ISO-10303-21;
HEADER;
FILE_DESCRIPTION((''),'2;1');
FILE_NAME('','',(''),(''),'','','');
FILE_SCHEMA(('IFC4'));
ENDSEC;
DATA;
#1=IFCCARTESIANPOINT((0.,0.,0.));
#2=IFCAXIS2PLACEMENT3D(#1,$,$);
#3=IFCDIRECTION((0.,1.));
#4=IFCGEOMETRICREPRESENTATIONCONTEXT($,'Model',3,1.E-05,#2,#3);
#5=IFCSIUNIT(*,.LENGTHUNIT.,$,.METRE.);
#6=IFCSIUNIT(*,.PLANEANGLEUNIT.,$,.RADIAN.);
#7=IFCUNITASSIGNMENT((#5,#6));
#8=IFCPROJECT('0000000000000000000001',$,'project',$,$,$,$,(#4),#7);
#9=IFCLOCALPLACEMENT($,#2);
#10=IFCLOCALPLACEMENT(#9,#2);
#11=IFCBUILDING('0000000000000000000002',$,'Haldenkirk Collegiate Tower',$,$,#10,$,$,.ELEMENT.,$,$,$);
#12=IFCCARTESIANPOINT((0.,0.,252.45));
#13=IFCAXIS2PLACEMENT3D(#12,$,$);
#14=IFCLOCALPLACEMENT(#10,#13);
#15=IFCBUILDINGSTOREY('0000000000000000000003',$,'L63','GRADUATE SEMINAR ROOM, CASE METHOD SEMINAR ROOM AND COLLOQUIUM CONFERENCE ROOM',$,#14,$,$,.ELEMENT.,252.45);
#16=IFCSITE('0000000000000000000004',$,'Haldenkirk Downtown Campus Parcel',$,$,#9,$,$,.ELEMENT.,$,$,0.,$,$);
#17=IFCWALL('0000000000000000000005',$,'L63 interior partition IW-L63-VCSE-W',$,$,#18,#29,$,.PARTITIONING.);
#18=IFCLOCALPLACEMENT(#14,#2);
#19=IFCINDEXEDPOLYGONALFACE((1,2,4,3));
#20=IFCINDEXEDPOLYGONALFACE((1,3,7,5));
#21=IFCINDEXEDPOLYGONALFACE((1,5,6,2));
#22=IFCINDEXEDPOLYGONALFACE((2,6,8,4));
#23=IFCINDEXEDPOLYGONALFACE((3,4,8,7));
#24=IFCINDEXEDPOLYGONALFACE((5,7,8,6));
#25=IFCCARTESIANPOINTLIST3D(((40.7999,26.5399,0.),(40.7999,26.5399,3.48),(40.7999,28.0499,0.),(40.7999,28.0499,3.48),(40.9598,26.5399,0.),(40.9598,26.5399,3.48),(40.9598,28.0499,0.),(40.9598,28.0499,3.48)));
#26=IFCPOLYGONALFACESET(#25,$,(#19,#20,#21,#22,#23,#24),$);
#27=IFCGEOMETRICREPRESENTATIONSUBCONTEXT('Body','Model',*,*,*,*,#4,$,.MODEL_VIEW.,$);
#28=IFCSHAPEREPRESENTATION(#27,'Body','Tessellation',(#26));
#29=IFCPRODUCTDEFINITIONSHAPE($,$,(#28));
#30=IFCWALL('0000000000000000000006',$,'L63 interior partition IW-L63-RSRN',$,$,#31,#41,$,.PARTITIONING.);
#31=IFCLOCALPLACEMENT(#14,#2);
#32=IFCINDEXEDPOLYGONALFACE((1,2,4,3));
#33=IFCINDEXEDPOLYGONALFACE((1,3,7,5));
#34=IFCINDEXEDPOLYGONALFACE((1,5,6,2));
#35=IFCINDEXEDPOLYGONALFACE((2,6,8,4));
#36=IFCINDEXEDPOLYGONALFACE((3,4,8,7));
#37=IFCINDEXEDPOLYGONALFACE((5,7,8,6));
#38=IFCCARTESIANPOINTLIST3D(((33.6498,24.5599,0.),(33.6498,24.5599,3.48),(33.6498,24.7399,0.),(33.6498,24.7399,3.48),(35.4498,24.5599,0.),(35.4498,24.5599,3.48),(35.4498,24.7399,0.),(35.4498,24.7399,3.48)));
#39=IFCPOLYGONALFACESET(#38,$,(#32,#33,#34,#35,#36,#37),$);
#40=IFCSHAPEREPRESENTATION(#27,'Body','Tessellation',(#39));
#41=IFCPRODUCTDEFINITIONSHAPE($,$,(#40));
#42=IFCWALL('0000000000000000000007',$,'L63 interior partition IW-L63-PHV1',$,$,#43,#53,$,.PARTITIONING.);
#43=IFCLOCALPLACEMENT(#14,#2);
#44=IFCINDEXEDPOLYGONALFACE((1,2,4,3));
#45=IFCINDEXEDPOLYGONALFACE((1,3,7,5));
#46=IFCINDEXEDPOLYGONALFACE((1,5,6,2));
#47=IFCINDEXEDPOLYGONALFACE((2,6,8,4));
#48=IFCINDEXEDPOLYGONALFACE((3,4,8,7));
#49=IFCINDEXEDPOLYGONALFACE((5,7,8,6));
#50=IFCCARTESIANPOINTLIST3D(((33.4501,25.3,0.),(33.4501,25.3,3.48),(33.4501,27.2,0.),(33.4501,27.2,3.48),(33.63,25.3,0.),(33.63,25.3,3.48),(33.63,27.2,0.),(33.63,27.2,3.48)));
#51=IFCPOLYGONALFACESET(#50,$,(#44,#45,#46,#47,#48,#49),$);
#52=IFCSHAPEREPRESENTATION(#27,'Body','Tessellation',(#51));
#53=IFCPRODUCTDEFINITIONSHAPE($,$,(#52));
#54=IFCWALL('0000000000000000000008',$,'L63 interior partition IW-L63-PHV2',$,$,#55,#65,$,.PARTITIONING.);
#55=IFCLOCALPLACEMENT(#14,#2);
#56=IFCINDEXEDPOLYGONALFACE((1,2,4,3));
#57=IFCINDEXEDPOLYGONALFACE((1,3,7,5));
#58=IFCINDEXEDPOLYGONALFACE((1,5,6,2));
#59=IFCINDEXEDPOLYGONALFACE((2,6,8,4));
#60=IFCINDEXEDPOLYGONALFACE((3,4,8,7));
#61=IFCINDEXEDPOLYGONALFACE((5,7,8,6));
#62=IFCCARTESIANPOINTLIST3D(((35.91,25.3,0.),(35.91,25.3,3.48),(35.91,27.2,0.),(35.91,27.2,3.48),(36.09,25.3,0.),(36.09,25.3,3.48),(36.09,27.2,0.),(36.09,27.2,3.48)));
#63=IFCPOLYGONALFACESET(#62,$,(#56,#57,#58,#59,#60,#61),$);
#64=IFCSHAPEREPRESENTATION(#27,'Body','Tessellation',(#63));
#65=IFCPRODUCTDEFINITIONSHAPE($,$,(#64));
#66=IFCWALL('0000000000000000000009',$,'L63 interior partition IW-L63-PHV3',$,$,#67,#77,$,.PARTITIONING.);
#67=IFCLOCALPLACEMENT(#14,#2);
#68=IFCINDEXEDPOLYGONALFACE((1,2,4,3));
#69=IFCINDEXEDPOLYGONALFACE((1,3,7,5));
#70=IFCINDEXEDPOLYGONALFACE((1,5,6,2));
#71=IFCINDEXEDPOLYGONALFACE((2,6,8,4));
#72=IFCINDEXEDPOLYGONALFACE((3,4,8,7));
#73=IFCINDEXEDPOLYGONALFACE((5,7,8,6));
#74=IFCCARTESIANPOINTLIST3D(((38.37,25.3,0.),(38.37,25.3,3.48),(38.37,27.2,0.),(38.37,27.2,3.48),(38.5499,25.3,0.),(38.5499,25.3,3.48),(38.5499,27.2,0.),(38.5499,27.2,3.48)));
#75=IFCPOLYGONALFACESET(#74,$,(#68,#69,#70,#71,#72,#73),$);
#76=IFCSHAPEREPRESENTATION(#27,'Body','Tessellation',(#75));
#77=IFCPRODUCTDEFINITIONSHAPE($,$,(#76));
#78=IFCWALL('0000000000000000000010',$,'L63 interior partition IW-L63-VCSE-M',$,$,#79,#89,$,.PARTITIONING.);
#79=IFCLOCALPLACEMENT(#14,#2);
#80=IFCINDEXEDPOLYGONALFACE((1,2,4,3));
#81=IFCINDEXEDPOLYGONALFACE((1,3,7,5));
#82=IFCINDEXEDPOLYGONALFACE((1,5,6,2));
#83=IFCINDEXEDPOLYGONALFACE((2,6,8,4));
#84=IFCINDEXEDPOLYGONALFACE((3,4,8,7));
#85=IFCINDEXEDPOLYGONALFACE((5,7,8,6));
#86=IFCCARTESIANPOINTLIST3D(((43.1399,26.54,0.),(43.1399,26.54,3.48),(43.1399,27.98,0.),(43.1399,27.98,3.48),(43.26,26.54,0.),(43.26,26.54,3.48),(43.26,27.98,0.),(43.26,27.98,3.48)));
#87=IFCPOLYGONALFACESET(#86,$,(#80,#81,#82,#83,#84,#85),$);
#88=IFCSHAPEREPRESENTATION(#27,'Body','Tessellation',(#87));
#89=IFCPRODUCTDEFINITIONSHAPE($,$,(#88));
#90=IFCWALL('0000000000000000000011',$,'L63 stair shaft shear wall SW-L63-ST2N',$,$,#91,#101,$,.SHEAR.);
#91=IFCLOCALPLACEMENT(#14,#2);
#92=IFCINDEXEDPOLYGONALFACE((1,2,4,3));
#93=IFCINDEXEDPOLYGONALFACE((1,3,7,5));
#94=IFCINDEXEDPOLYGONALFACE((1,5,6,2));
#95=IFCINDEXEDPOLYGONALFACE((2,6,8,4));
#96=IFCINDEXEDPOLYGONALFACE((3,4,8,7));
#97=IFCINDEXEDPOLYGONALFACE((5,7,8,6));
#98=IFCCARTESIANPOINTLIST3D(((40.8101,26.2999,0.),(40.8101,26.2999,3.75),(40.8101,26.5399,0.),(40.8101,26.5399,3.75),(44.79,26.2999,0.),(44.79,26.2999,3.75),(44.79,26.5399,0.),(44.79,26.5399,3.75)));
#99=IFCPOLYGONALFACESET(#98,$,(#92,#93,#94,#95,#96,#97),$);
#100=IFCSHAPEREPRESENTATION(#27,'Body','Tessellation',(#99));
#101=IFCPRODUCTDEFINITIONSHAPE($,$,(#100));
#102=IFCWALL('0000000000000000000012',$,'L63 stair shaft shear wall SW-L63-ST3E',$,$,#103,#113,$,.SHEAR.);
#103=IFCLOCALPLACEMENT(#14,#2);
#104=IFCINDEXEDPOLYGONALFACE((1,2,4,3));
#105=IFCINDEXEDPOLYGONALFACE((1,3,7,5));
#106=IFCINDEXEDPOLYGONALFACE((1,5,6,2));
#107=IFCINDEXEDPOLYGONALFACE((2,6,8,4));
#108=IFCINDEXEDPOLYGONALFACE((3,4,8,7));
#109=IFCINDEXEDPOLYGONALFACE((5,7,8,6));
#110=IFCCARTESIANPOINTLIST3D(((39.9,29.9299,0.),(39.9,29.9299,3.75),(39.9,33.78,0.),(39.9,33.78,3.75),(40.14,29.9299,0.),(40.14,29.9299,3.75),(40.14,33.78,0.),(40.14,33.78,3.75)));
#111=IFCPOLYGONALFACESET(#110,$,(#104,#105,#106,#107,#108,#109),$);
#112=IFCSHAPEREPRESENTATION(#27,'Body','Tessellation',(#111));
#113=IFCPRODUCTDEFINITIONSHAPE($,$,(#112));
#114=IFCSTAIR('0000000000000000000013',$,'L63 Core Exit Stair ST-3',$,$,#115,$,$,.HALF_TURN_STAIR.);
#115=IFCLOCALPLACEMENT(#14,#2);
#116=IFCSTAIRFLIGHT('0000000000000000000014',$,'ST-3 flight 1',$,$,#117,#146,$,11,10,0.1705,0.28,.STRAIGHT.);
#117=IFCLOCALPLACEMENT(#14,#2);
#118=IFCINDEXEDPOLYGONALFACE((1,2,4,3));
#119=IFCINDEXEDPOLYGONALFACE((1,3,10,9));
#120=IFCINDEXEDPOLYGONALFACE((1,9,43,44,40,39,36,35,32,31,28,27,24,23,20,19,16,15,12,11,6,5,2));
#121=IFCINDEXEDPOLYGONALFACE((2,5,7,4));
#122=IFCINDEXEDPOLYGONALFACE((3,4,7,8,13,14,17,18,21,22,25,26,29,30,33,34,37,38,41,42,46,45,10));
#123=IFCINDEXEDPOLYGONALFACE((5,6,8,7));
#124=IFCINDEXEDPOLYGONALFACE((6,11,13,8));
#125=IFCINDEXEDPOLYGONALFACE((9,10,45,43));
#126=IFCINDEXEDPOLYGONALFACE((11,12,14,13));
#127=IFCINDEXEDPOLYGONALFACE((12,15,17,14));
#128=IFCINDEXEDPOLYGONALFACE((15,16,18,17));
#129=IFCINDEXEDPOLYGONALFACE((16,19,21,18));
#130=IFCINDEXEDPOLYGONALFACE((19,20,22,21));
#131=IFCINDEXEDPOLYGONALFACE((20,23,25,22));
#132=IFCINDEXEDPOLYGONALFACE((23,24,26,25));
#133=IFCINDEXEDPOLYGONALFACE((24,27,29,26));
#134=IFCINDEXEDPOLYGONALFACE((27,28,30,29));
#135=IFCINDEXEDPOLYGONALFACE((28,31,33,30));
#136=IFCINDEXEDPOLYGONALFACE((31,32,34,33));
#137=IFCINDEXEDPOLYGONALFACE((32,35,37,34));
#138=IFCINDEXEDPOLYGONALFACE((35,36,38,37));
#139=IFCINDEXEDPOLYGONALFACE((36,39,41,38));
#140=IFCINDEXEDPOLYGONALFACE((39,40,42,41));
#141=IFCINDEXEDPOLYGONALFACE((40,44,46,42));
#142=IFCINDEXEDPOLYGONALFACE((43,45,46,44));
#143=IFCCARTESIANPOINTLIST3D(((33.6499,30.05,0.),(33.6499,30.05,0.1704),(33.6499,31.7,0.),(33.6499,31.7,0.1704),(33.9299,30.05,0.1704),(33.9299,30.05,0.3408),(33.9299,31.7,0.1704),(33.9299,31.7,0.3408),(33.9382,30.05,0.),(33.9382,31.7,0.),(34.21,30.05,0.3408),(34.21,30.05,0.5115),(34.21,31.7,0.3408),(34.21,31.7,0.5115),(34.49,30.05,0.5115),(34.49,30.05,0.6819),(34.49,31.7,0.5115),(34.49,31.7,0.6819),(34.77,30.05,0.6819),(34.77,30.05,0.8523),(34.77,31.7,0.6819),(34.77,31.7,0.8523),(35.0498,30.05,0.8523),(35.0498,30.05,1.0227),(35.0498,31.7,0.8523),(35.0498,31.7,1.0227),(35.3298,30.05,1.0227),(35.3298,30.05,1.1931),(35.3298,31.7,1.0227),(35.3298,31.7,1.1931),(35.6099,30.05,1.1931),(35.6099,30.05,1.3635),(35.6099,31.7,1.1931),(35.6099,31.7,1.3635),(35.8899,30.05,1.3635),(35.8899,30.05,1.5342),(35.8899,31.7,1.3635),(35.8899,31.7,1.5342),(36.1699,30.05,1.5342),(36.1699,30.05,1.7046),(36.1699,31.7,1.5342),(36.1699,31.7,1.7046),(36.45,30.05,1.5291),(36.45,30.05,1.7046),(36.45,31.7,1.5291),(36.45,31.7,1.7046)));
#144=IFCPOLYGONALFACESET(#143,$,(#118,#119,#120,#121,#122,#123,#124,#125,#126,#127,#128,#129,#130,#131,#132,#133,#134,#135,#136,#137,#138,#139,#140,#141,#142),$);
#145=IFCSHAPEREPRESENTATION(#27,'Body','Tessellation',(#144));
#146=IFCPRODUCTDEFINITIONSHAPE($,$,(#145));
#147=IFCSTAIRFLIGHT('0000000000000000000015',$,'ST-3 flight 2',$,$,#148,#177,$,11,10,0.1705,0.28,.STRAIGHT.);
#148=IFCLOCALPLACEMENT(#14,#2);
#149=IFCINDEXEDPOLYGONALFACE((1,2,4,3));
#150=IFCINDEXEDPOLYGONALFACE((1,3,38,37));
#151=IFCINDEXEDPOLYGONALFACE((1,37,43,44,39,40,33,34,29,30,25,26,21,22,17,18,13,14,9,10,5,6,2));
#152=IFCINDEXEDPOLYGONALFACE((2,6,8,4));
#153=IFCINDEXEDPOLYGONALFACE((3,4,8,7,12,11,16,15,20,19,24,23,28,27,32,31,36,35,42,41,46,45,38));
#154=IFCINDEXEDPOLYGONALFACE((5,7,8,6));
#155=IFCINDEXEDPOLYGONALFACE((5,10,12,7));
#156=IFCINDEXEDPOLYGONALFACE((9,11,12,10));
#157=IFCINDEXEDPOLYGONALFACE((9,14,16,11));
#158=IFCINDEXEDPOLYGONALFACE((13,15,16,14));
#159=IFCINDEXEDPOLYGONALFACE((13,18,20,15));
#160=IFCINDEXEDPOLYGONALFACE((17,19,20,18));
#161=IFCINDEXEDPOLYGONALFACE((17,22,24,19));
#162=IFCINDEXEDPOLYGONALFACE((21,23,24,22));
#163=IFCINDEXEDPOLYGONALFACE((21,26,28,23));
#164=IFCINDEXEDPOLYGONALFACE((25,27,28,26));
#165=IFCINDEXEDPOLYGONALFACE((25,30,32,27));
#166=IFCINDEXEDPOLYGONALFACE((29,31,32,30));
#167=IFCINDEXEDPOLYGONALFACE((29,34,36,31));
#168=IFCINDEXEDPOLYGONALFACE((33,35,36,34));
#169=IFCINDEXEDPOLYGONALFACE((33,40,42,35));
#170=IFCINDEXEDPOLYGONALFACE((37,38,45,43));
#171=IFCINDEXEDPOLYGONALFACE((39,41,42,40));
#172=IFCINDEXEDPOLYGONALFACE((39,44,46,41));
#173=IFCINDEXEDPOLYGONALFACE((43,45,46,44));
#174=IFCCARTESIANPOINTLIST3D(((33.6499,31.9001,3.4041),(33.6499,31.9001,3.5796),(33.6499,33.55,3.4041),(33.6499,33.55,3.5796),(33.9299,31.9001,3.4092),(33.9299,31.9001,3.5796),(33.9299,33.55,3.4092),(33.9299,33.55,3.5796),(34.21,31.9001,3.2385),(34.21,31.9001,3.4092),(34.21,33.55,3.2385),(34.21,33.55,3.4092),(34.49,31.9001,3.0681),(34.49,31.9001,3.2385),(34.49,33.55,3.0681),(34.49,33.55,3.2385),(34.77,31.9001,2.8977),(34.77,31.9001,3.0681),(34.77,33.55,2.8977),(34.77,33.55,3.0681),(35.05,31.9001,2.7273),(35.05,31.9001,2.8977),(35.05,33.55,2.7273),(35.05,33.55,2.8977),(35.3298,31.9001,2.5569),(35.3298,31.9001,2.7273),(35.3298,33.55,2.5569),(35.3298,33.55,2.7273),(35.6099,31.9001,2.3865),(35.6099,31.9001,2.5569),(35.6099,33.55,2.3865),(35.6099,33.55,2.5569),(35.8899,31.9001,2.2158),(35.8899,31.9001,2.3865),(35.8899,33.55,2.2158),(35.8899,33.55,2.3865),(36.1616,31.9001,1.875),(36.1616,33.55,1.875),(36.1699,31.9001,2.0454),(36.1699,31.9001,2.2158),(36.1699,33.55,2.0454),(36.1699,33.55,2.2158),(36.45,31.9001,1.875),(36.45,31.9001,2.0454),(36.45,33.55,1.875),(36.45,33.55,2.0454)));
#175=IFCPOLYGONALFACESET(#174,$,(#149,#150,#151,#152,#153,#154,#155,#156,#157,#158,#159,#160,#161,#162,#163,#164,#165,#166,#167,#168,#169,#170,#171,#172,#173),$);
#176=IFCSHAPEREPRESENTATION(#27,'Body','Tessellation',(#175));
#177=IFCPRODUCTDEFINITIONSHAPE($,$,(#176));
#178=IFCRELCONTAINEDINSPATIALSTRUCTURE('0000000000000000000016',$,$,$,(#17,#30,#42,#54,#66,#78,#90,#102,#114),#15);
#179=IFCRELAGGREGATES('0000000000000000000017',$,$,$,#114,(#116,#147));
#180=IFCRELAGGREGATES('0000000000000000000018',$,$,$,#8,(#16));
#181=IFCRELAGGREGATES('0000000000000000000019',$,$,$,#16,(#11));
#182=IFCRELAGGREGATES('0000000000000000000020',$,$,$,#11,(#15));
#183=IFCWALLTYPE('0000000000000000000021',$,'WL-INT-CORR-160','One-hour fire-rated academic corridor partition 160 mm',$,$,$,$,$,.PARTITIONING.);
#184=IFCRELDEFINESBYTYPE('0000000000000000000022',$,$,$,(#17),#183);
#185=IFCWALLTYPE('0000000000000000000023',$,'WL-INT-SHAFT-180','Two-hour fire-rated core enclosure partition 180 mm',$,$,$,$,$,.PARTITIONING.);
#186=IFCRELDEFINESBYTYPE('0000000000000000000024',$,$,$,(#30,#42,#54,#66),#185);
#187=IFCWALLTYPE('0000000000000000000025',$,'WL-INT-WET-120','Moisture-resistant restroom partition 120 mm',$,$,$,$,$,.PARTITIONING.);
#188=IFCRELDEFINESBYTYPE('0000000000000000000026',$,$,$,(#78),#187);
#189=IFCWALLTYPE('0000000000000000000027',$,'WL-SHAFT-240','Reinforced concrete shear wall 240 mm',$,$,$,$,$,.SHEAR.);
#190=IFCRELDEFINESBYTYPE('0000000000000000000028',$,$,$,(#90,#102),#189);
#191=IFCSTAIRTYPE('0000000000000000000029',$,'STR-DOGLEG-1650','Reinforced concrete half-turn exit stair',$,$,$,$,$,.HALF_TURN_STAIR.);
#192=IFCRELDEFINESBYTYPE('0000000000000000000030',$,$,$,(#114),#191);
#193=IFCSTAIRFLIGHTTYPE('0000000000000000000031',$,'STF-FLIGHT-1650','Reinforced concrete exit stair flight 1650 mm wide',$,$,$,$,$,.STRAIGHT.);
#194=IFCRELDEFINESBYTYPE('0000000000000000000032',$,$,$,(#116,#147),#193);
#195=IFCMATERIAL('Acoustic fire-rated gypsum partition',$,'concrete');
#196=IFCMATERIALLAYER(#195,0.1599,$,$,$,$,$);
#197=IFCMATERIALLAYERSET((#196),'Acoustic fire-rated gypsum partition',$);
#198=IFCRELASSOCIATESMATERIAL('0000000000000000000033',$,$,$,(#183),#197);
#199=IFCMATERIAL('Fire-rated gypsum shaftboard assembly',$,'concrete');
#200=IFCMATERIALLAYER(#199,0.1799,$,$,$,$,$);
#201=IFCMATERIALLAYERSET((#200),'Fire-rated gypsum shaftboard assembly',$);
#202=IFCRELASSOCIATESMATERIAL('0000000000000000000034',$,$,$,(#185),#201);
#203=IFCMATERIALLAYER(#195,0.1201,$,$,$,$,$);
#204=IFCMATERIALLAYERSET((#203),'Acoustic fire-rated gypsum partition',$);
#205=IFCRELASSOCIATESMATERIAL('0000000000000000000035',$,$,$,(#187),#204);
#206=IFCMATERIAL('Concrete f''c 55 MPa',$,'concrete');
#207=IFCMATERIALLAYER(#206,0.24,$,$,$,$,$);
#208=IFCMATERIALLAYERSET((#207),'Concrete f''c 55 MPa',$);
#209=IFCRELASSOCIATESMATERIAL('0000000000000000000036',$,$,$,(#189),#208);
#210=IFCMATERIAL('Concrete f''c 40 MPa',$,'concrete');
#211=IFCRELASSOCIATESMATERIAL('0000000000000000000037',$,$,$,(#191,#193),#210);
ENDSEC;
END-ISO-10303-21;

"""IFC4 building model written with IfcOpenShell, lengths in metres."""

from ifc_helpers import new_model, si_unit, direction, frame, frame_2d, origin, place, context, subcontext, project, spatial, polyline, rectangle, outline, extrude, material, layer, layer_set, type_object, element, aggregate, save


model = new_model("IFC4")

# Units and contexts
model_context = context("Model", 3, precision=1e-05, world=origin(), true_north=direction((0.0, 1.0)))
body_context = subcontext(model_context, "Body", "Model", "MODEL_VIEW")
ifc_project = project(units=[si_unit("LENGTHUNIT", "METRE"), si_unit("PLANEANGLEUNIT", "RADIAN")], contexts=[model_context])

# Site, building, storey
site_placement = place(None, origin())
site = spatial("IfcSite", under=ifc_project, at=site_placement, Name="Haldenkirk Downtown Campus Parcel", CompositionType="ELEMENT", RefElevation=0.0)
building_placement = place(site_placement, origin())
building = spatial("IfcBuilding", under=site, at=building_placement, Name="Haldenkirk Collegiate Tower", CompositionType="ELEMENT")
storey_placement = place(building_placement, frame((0.0, 0.0, 252.45)))
storey = spatial("IfcBuildingStorey", under=building, at=storey_placement, Name="L63", Description="GRADUATE SEMINAR ROOM, CASE METHOD SEMINAR ROOM AND COLLOQUIUM CONFERENCE ROOM", CompositionType="ELEMENT", Elevation=252.45)

# Shared definitions
ifc_material_1 = material(Name="Acoustic fire-rated gypsum partition", Category="concrete")
ifc_layer_1 = layer(ifc_material_1, 0.1599)
ifc_layer_set_1 = layer_set([ifc_layer_1], Name="Acoustic fire-rated gypsum partition")
wall_type_1 = type_object("IfcWallType", Name="WL-INT-CORR-160", Description="One-hour fire-rated academic corridor partition 160 mm", PredefinedType="PARTITIONING", material=ifc_layer_set_1)

# Wall
wall_1_placement = place(storey_placement, frame((40.8799, 26.54, 0.0), z_axis=(0.0, 0.0, 1.0), x_axis=(0.0, 1.0, 0.0)))
element("IfcWall", 1, at=wall_1_placement, inside=storey, type_object=wall_type_1, Name="L63 interior partition IW-L63-VCSE-W", PredefinedType="PARTITIONING", context=body_context, shape_type="SweptSolid", body=[
    extrude(rectangle(XDim=1.51, YDim=0.1599, at=frame_2d((0.7549, 0.0))), origin(), (0.0, 0.0, 1.0), 3.48),
])

# Walls
ifc_material_2 = material(Name="Fire-rated gypsum shaftboard assembly", Category="concrete")
ifc_layer_2 = layer(ifc_material_2, 0.1799)
ifc_layer_set_2 = layer_set([ifc_layer_2], Name="Fire-rated gypsum shaftboard assembly")
wall_type_2 = type_object("IfcWallType", Name="WL-INT-SHAFT-180", Description="Two-hour fire-rated core enclosure partition 180 mm", PredefinedType="PARTITIONING", material=ifc_layer_set_2)
wall_2_placement = place(storey_placement, frame((33.6499, 24.6499, 0.0), z_axis=(0.0, 0.0, 1.0), x_axis=(1.0, 0.0, 0.0)))
element("IfcWall", 2, at=wall_2_placement, inside=storey, type_object=wall_type_2, Name="L63 interior partition IW-L63-RSRN", PredefinedType="PARTITIONING", context=body_context, shape_type="SweptSolid", body=[
    extrude(rectangle(XDim=1.8, YDim=0.1799, at=frame_2d((0.8999, 0.0))), origin(), (0.0, 0.0, 1.0), 3.48),
])
for number, where, z_axis, x_axis, name in (
    (3, (33.54, 25.3, 0.0), (0.0, 0.0, 1.0), (0.0, 1.0, 0.0), "L63 interior partition IW-L63-PHV1"),
    (4, (36.0, 25.3, 0.0), (0.0, 0.0, 1.0), (0.0, 1.0, 0.0), "L63 interior partition IW-L63-PHV2"),
    (5, (38.46, 25.3, 0.0), (0.0, 0.0, 1.0), (0.0, 1.0, 0.0), "L63 interior partition IW-L63-PHV3"),
):
    element("IfcWall", number, at=place(storey_placement, frame(where, z_axis=z_axis, x_axis=x_axis)), inside=storey, type_object=wall_type_2, Name=name, PredefinedType="PARTITIONING", context=body_context, shape_type="SweptSolid", body=[
        extrude(rectangle(XDim=1.8999, YDim=0.1799, at=frame_2d((0.95, 0.0))), origin(), (0.0, 0.0, 1.0), 3.48),
    ])
ifc_layer_3 = layer(ifc_material_1, 0.1201)
ifc_layer_set_3 = layer_set([ifc_layer_3], Name="Acoustic fire-rated gypsum partition")
wall_type_3 = type_object("IfcWallType", Name="WL-INT-WET-120", Description="Moisture-resistant restroom partition 120 mm", PredefinedType="PARTITIONING", material=ifc_layer_set_3)
wall_3_placement = place(storey_placement, frame((43.2, 26.54, 0.0), z_axis=(0.0, 0.0, 1.0), x_axis=(0.0, 1.0, 0.0)))
element("IfcWall", 6, at=wall_3_placement, inside=storey, type_object=wall_type_3, Name="L63 interior partition IW-L63-VCSE-M", PredefinedType="PARTITIONING", context=body_context, shape_type="SweptSolid", body=[
    extrude(rectangle(XDim=1.4399, YDim=0.1201, at=frame_2d((0.72, 0.0))), origin(), (0.0, 0.0, 1.0), 3.48),
])
ifc_material_3 = material(Name="Concrete f'c 55 MPa", Category="concrete")
ifc_layer_4 = layer(ifc_material_3, 0.24)
ifc_layer_set_4 = layer_set([ifc_layer_4], Name="Concrete f'c 55 MPa")
wall_type_4 = type_object("IfcWallType", Name="WL-SHAFT-240", Description="Reinforced concrete shear wall 240 mm", PredefinedType="SHEAR", material=ifc_layer_set_4)
wall_4_placement = place(storey_placement, frame((40.8101, 26.4199, 0.0), z_axis=(0.0, 0.0, 1.0), x_axis=(1.0, 0.0, 0.0)))
element("IfcWall", 7, at=wall_4_placement, inside=storey, type_object=wall_type_4, Name="L63 stair shaft shear wall SW-L63-ST2N", PredefinedType="SHEAR", context=body_context, shape_type="SweptSolid", body=[
    extrude(rectangle(XDim=3.98, YDim=0.24, at=frame_2d((1.99, 0.0))), origin(), (0.0, 0.0, 1.0), 3.75),
])
wall_5_placement = place(storey_placement, frame((40.02, 29.9299, 0.0), z_axis=(0.0, 0.0, 1.0), x_axis=(0.0, 1.0, 0.0)))
element("IfcWall", 8, at=wall_5_placement, inside=storey, type_object=wall_type_4, Name="L63 stair shaft shear wall SW-L63-ST3E", PredefinedType="SHEAR", context=body_context, shape_type="SweptSolid", body=[
    extrude(rectangle(XDim=3.8501, YDim=0.24, at=frame_2d((1.925, 0.0))), origin(), (0.0, 0.0, 1.0), 3.75),
])

# Stair, stair flights
ifc_material_4 = material(Name="Concrete f'c 40 MPa", Category="concrete")
stair_type = type_object("IfcStairType", Name="STR-DOGLEG-1650", Description="Reinforced concrete half-turn exit stair", PredefinedType="HALF_TURN_STAIR", material=ifc_material_4)
stair_placement = place(storey_placement, origin())
stair = element("IfcStair", 9, at=stair_placement, inside=storey, type_object=stair_type, Name="L63 Core Exit Stair ST-3", PredefinedType="HALF_TURN_STAIR")
stair_flight_type = type_object("IfcStairFlightType", Name="STF-FLIGHT-1650", Description="Reinforced concrete exit stair flight 1650 mm wide", PredefinedType="STRAIGHT", material=ifc_material_4)
stair_flight_1_placement = place(storey_placement, frame((33.6499, 30.875, 0.0), z_axis=(0.0, 0.0, 1.0), x_axis=(1.0, 0.0, 0.0)))
stair_flight_1 = element("IfcStairFlight", 10, at=stair_flight_1_placement, type_object=stair_flight_type, Name="ST-3 flight 1", NumberOfRisers=11, NumberOfTreads=10, PredefinedType="STRAIGHT", RiserHeight=0.1705, TreadLength=0.28, context=body_context, shape_type="SweptSolid", body=[
    extrude(outline(polyline([(0.0, 0.0), (0.0, 0.1704), (0.28, 0.1704), (0.28, 0.3408), (0.5601, 0.3408), (0.5601, 0.5115), (0.8401, 0.5115), (0.8401, 0.6819), (1.1201, 0.6819), (1.1201, 0.8523), (1.3999, 0.8523), (1.3999, 1.0227), (1.6799, 1.0227), (1.6799, 1.1931), (1.96, 1.1931), (1.96, 1.3635), (2.24, 1.3635), (2.24, 1.5342), (2.52, 1.5342), (2.52, 1.7046), (2.8, 1.7046), (2.8, 1.875), (2.8, 1.5291), (0.2883, 0.0), (0.0, 0.0)])), frame((0.0, 0.825, 0.0), z_axis=(0.0, -1.0, 0.0), x_axis=(1.0, 0.0, 0.0)), (0.0, 0.0, 1.0), 1.6499),
])
stair_flight_2_placement = place(storey_placement, frame((36.45, 32.7251, 1.875), z_axis=(0.0, 0.0, 1.0), x_axis=(-1.0, 0.0, 0.0)))
stair_flight_2 = element("IfcStairFlight", 11, at=stair_flight_2_placement, type_object=stair_flight_type, Name="ST-3 flight 2", NumberOfRisers=11, NumberOfTreads=10, PredefinedType="STRAIGHT", RiserHeight=0.1705, TreadLength=0.28, context=body_context, shape_type="SweptSolid", body=[
    extrude(outline(polyline([(0.0, 0.0), (0.0, 0.1704), (0.28, 0.1704), (0.28, 0.3408), (0.5601, 0.3408), (0.5601, 0.5115), (0.8401, 0.5115), (0.8401, 0.6819), (1.1201, 0.6819), (1.1201, 0.8523), (1.3999, 0.8523), (1.3999, 1.0227), (1.6799, 1.0227), (1.6799, 1.1931), (1.96, 1.1931), (1.96, 1.3635), (2.24, 1.3635), (2.24, 1.5342), (2.52, 1.5342), (2.52, 1.7046), (2.8, 1.7046), (2.8, 1.875), (2.8, 1.5291), (0.2883, 0.0), (0.0, 0.0)])), frame((0.0, 0.825, 0.0), z_axis=(0.0, -1.0, 0.0), x_axis=(1.0, 0.0, 0.0)), (0.0, 0.0, 1.0), 1.6499),
])
aggregate(stair, [stair_flight_1, stair_flight_2])

save(model, "model.ifc")
